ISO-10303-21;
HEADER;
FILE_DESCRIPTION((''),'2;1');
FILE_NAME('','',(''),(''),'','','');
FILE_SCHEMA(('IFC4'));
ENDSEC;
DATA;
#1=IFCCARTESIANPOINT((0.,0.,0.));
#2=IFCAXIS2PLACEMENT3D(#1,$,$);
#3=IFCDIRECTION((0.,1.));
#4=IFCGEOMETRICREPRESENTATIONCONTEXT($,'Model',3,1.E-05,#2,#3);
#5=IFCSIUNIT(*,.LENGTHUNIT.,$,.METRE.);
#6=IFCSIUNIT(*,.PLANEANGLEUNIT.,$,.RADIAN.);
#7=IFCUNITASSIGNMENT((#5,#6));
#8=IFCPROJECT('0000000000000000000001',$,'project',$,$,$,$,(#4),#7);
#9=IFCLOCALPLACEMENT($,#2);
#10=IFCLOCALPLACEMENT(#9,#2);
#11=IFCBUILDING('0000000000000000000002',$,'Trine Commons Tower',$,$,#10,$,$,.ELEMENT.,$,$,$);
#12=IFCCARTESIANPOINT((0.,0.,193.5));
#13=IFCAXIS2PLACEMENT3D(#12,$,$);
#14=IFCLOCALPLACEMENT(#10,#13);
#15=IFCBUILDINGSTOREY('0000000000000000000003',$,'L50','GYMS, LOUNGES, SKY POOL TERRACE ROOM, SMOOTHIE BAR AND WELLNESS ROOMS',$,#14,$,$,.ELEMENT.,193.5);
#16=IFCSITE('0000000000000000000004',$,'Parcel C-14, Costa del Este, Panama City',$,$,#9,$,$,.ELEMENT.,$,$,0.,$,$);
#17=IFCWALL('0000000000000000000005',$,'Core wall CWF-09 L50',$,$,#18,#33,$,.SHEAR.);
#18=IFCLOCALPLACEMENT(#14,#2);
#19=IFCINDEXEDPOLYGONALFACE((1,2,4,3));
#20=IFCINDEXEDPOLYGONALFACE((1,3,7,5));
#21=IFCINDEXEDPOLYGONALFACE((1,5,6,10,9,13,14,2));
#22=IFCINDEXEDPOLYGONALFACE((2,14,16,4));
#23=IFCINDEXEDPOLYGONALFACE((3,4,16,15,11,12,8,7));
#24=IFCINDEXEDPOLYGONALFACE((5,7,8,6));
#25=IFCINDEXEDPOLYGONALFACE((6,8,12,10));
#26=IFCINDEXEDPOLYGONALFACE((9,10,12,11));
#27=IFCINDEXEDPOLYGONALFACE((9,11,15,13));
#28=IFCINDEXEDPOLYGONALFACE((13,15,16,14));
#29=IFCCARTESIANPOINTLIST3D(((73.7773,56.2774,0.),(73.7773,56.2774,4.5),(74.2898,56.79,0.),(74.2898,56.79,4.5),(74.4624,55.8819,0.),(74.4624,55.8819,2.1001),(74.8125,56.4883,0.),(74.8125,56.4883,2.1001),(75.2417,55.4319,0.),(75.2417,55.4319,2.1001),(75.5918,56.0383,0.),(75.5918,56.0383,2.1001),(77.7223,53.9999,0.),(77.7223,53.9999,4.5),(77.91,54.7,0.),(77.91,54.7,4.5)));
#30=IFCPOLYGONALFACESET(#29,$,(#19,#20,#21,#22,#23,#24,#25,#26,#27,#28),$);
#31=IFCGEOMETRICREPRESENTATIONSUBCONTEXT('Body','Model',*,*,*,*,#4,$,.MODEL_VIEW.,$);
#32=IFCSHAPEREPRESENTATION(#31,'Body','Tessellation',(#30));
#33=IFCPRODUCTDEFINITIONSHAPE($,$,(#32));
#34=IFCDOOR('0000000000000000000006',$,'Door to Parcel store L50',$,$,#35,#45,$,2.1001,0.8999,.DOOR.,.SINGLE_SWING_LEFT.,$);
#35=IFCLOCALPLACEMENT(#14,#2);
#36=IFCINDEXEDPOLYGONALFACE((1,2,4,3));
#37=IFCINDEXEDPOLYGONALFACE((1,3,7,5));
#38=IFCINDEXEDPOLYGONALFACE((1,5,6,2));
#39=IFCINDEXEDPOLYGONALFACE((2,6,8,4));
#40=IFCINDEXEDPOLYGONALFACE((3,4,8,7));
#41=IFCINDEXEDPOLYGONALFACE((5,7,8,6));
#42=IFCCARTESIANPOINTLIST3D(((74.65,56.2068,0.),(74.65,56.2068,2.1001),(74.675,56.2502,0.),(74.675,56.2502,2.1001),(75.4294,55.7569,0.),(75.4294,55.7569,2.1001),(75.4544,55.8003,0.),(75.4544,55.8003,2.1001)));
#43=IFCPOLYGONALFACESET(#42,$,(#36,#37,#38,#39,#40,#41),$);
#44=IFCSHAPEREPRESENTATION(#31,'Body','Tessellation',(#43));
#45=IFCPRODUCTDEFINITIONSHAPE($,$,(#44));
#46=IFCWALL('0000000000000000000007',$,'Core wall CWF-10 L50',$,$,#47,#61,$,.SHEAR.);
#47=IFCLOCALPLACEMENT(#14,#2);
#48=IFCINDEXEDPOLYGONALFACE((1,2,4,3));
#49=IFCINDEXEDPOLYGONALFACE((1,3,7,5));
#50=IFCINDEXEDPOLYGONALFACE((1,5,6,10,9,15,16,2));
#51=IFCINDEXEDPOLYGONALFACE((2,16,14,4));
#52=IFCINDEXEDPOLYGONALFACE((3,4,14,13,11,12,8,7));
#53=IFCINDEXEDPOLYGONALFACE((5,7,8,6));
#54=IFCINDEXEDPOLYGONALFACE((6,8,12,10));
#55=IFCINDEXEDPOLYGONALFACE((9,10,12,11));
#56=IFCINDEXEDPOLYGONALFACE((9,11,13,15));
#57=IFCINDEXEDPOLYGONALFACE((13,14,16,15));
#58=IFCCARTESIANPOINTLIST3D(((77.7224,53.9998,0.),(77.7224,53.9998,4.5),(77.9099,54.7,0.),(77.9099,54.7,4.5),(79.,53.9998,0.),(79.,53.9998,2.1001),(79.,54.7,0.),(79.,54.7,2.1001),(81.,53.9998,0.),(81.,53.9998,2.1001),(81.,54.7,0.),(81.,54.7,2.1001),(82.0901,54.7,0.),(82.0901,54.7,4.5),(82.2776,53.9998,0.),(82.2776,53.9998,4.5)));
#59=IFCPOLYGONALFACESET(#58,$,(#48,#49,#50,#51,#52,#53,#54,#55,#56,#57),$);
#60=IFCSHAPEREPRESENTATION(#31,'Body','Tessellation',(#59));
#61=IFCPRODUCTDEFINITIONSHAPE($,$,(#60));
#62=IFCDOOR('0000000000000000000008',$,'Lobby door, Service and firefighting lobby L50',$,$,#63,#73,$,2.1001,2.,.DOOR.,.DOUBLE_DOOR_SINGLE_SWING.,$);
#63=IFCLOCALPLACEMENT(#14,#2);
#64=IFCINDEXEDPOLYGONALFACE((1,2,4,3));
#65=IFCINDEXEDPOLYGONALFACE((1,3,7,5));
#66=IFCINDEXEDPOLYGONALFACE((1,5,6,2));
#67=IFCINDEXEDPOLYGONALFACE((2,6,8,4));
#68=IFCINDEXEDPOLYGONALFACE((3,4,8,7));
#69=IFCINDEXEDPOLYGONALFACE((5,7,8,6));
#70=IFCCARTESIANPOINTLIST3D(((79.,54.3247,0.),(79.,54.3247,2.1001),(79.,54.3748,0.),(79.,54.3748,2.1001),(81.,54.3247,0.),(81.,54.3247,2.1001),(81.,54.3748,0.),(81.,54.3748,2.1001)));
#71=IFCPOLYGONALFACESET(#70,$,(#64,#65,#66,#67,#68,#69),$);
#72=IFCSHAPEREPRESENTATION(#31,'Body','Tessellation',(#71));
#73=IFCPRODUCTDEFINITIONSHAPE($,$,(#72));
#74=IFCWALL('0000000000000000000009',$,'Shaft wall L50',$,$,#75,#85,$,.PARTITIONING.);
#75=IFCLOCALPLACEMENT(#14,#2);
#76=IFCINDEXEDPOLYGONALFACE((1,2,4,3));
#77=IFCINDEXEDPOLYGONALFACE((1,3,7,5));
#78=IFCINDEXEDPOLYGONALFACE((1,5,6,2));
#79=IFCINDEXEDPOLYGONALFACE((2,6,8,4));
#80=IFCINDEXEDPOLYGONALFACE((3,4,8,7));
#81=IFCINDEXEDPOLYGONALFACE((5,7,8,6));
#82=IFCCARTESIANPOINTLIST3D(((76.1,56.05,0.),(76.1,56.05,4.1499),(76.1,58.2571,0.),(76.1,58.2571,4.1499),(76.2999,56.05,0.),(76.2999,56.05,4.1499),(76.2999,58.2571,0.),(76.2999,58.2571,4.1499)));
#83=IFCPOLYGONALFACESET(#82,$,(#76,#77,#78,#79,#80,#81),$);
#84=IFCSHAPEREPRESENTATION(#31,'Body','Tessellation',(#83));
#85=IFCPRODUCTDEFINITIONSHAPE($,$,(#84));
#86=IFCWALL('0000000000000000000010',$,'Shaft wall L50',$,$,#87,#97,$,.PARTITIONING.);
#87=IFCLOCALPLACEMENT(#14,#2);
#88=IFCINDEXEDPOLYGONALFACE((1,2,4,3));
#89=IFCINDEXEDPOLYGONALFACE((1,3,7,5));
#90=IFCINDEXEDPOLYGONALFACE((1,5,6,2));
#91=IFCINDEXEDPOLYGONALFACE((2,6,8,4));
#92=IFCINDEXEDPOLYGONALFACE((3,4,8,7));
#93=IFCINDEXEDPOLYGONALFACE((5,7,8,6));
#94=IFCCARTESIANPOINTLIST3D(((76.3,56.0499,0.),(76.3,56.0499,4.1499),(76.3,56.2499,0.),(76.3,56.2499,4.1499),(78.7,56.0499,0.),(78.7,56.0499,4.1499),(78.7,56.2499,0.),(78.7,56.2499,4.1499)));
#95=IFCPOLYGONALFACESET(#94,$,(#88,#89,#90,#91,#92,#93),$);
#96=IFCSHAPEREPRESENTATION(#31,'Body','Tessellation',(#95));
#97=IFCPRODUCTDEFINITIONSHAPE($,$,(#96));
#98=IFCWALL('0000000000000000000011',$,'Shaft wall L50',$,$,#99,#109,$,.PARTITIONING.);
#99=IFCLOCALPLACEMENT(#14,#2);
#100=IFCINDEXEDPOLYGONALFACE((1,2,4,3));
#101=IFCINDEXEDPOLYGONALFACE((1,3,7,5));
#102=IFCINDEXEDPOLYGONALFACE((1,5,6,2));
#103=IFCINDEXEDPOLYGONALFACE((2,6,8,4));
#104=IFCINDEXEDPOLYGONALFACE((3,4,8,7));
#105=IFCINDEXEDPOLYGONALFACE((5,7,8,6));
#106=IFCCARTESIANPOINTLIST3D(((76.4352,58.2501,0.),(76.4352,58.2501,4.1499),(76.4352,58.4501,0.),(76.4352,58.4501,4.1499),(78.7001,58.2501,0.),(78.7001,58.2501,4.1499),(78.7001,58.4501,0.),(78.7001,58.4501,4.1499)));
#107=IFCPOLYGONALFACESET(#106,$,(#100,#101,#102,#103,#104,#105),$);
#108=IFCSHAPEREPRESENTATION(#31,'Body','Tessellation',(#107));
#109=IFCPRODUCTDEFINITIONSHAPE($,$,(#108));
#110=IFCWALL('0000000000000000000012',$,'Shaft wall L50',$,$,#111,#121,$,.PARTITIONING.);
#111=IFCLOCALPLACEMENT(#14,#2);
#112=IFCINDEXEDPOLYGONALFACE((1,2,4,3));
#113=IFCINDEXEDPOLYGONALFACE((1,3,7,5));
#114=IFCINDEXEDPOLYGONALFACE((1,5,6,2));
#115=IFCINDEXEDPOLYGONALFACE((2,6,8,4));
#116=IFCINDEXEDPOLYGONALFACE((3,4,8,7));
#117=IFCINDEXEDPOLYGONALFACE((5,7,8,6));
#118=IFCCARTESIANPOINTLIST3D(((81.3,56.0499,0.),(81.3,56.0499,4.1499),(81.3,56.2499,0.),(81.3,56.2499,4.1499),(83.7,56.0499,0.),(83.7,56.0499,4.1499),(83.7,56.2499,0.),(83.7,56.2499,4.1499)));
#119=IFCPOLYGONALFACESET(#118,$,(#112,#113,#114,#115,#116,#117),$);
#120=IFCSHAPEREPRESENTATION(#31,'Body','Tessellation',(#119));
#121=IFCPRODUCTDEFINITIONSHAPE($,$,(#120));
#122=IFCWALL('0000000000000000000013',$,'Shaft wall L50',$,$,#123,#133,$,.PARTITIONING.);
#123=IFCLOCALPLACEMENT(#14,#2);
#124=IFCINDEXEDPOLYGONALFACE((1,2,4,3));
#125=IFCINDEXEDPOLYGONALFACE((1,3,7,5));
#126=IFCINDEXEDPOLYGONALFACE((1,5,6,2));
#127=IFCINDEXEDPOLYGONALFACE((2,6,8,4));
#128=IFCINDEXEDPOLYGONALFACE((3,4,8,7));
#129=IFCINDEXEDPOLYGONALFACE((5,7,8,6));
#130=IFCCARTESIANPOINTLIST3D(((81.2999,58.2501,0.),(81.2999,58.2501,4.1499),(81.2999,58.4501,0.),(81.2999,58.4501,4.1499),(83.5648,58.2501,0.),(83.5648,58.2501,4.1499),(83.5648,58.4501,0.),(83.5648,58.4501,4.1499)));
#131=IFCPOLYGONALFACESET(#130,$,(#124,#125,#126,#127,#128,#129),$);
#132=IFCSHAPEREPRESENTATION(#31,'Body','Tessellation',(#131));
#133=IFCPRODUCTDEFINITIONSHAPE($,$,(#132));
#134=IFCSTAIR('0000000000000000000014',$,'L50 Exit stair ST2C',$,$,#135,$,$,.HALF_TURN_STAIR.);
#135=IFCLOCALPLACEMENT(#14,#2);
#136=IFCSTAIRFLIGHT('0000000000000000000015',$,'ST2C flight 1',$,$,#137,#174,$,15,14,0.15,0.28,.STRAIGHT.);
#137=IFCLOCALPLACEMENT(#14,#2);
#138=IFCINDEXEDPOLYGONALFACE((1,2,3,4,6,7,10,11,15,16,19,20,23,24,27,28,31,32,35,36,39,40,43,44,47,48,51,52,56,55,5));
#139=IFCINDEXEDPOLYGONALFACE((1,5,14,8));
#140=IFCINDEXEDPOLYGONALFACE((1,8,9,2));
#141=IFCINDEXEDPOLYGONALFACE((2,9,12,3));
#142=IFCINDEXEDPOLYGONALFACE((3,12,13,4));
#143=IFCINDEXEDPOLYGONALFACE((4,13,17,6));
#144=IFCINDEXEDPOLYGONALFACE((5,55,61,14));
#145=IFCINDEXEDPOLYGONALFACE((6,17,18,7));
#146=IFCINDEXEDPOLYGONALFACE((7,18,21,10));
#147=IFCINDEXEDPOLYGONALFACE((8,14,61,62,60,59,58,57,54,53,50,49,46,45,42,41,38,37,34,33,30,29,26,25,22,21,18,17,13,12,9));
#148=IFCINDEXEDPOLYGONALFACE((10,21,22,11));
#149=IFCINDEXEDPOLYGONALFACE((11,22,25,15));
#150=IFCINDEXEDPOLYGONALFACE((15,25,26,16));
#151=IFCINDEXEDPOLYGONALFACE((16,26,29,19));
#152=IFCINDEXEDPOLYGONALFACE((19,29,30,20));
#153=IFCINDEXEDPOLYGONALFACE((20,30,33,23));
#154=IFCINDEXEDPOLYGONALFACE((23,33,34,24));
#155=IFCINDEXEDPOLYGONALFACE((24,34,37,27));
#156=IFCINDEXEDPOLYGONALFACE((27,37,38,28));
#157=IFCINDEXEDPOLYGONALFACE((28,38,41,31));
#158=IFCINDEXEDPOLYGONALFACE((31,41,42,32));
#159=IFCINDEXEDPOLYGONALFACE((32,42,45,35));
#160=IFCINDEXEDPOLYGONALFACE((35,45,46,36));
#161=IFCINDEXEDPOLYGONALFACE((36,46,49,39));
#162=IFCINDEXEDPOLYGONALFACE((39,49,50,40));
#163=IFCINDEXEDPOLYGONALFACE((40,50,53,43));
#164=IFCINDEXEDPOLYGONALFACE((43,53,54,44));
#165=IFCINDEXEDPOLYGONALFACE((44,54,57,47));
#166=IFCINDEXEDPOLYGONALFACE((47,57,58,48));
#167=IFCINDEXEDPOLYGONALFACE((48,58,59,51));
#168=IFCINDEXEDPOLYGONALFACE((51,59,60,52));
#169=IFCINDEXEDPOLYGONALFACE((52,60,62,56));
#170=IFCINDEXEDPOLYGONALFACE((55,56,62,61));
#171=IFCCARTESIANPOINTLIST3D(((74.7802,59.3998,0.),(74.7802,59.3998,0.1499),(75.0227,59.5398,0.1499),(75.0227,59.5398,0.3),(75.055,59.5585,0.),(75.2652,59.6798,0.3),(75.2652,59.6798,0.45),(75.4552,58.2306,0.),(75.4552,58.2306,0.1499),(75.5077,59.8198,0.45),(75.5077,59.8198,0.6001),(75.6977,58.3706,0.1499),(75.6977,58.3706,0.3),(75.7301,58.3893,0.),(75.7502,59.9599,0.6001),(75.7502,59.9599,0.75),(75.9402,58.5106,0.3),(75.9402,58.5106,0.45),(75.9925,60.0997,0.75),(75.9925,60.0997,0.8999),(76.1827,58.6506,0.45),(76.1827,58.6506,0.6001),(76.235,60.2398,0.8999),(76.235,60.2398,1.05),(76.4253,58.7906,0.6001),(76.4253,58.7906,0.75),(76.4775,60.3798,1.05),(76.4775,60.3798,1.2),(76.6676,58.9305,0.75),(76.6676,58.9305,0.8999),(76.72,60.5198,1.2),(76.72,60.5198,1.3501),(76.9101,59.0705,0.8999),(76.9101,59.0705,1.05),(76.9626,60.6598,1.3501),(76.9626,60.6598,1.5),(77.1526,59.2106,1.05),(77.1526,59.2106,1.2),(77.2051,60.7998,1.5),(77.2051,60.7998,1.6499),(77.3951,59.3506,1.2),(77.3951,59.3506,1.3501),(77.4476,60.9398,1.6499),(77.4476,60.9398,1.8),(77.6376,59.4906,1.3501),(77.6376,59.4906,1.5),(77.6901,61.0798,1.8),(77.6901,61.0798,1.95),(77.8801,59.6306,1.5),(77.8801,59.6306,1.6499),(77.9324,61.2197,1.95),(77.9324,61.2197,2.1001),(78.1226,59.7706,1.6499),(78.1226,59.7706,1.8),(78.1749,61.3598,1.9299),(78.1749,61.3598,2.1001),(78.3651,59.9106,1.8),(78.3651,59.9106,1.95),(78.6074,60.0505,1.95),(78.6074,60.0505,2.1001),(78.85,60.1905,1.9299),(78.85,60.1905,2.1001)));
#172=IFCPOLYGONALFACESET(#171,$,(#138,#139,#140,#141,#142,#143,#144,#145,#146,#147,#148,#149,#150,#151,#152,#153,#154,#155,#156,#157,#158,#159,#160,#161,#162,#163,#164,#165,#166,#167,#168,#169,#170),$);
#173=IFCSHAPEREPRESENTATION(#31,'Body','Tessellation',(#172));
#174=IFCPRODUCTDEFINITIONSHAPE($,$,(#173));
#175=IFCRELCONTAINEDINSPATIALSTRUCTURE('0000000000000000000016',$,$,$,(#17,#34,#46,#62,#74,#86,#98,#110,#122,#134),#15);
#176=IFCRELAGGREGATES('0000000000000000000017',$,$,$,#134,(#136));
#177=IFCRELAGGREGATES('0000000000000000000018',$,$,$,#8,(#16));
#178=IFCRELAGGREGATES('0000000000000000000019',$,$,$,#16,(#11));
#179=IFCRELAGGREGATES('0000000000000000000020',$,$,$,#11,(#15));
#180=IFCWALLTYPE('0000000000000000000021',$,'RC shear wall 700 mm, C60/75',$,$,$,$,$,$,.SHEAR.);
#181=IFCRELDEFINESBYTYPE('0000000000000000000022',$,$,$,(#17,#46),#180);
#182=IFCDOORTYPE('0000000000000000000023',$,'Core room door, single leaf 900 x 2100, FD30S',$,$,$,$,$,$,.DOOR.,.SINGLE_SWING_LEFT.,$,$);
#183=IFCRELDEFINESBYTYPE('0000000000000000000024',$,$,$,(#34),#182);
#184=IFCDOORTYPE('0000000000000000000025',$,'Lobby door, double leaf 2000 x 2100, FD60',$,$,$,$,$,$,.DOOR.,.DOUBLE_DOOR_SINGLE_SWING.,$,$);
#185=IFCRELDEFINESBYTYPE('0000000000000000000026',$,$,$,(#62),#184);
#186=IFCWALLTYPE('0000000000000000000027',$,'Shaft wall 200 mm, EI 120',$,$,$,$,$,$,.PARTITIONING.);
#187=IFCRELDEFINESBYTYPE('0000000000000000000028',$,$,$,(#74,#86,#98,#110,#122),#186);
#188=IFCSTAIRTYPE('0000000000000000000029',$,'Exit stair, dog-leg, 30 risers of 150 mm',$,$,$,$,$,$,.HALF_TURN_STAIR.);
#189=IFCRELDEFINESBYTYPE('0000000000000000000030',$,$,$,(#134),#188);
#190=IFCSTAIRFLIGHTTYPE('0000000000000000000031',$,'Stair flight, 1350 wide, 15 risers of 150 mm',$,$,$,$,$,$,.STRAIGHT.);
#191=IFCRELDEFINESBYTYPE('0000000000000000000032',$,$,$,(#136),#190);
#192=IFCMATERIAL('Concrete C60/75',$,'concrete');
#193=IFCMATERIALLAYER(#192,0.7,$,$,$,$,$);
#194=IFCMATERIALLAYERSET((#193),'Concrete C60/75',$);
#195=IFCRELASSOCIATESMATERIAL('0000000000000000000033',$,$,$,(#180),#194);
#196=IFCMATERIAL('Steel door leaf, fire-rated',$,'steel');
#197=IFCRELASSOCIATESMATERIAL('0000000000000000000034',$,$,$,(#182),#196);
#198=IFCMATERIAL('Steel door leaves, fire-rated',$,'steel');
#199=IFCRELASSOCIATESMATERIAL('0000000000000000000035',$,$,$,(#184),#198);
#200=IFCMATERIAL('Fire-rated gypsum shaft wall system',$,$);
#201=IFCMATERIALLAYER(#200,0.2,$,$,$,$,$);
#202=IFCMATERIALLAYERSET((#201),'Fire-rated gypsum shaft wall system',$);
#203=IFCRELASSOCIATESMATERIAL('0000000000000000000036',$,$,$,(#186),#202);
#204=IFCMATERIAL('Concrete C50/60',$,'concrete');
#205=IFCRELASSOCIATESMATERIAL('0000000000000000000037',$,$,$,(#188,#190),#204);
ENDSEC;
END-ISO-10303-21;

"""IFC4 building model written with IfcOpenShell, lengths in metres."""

from ifc_helpers import new_model, si_unit, direction, frame, frame_2d, origin, place, context, subcontext, project, spatial, polyline, rectangle, outline, extrude, material, layer, layer_set, type_object, element, fill, aggregate, save


model = new_model("IFC4")

# Units and contexts
model_context = context("Model", 3, precision=1e-05, world=origin(), true_north=direction((0.0, 1.0)))
body_context = subcontext(model_context, "Body", "Model", "MODEL_VIEW")
ifc_project = project(units=[si_unit("LENGTHUNIT", "METRE"), si_unit("PLANEANGLEUNIT", "RADIAN")], contexts=[model_context])

# Site, building, storey
site_placement = place(None, origin())
site = spatial("IfcSite", under=ifc_project, at=site_placement, Name="Parcel C-14, Costa del Este, Panama City", CompositionType="ELEMENT", RefElevation=0.0)
building_placement = place(site_placement, origin())
building = spatial("IfcBuilding", under=site, at=building_placement, Name="Trine Commons Tower", CompositionType="ELEMENT")
storey_placement = place(building_placement, frame((0.0, 0.0, 193.5)))
storey = spatial("IfcBuildingStorey", under=building, at=storey_placement, Name="L50", Description="GYMS, LOUNGES, SKY POOL TERRACE ROOM, SMOOTHIE BAR AND WELLNESS ROOMS", CompositionType="ELEMENT", Elevation=193.5)

# Shared definitions
ifc_material_1 = material(Name="Fire-rated gypsum shaft wall system")
ifc_material_2 = material(Name="Steel door leaf, fire-rated", Category="steel")

# Walls, openings, doors
ifc_material_3 = material(Name="Concrete C60/75", Category="concrete")
ifc_layer_1 = layer(ifc_material_3, 0.7)
ifc_layer_set_1 = layer_set([ifc_layer_1], Name="Concrete C60/75")
wall_type_1 = type_object("IfcWallType", Name="RC shear wall 700 mm, C60/75", PredefinedType="SHEAR", material=ifc_layer_set_1)
wall_1_placement = place(storey_placement, frame((73.9524, 56.5806, 0.0), z_axis=(0.0, 0.0, 1.0), x_axis=(0.866035, -0.499984, 0.0)))
wall_1 = element("IfcWall", 1, at=wall_1_placement, inside=storey, type_object=wall_type_1, Name="Core wall CWF-09 L50", PredefinedType="SHEAR", context=body_context, shape_type="SweptSolid", body=[
    extrude(outline(polyline([(0.0, -0.3501), (4.5552, -0.3501), (4.3677, 0.3501), (0.1875, 0.3501), (0.0, -0.3501)])), origin(), (0.0, 0.0, 1.0), 4.5),
])
opening_1_placement = place(wall_1_placement, frame((0.791, 0.0, 0.0)))
opening_1 = element("IfcOpeningElement", 2, at=opening_1_placement, cuts=wall_1, PredefinedType="OPENING", context=body_context, shape_type="SweptSolid", body=[
    extrude(rectangle(XDim=0.8999, YDim=2.1001, at=frame_2d((0.45, 1.05))), frame((0.0, 0.3599, 0.0), z_axis=(0.0, -1.0, 0.0), x_axis=(1.0, 0.0, 0.0)), (0.0, 0.0, 1.0), 0.72),
])
door_type_1 = type_object("IfcDoorType", Name="Core room door, single leaf 900 x 2100, FD30S", OperationType="SINGLE_SWING_LEFT", PredefinedType="DOOR", material=ifc_material_2)
door_1_placement = place(opening_1_placement, origin())
door_1 = element("IfcDoor", 3, at=door_1_placement, inside=storey, type_object=door_type_1, Name="Door to Parcel store L50", OperationType="SINGLE_SWING_LEFT", OverallHeight=2.1001, OverallWidth=0.8999, PredefinedType="DOOR", context=body_context, shape_type="SweptSolid", body=[
    extrude(rectangle(XDim=0.8999, YDim=2.1001, at=frame_2d((0.45, 1.05))), frame((0.0, 0.0752, 0.0), z_axis=(0.0, -1.0, 0.0), x_axis=(1.0, 0.0, 0.0)), (0.0, 0.0, 1.0), 0.05),
])
fill(opening_1, door_1)
wall_2_placement = place(storey_placement, frame((77.7224, 54.3499, 0.0), z_axis=(0.0, 0.0, 1.0), x_axis=(1.0, 0.0, 0.0)))
wall_2 = element("IfcWall", 4, at=wall_2_placement, inside=storey, type_object=wall_type_1, Name="Core wall CWF-10 L50", PredefinedType="SHEAR", context=body_context, shape_type="SweptSolid", body=[
    extrude(outline(polyline([(0.0, -0.3501), (4.5552, -0.3501), (4.3677, 0.3501), (0.1875, 0.3501), (0.0, -0.3501)])), origin(), (0.0, 0.0, 1.0), 4.5),
])
opening_2_placement = place(wall_2_placement, frame((1.2776, 0.0, 0.0)))
opening_2 = element("IfcOpeningElement", 5, at=opening_2_placement, cuts=wall_2, PredefinedType="OPENING", context=body_context, shape_type="SweptSolid", body=[
    extrude(rectangle(XDim=2.0, YDim=2.1001, at=frame_2d((1.0, 1.05))), frame((0.0, 0.3599, 0.0), z_axis=(0.0, -1.0, 0.0), x_axis=(1.0, 0.0, 0.0)), (0.0, 0.0, 1.0), 0.72),
])
ifc_material_4 = material(Name="Steel door leaves, fire-rated", Category="steel")
door_type_2 = type_object("IfcDoorType", Name="Lobby door, double leaf 2000 x 2100, FD60", OperationType="DOUBLE_DOOR_SINGLE_SWING", PredefinedType="DOOR", material=ifc_material_4)
door_2_placement = place(opening_2_placement, origin())
door_2 = element("IfcDoor", 6, at=door_2_placement, inside=storey, type_object=door_type_2, Name="Lobby door, Service and firefighting lobby L50", OperationType="DOUBLE_DOOR_SINGLE_SWING", OverallHeight=2.1001, OverallWidth=2.0, PredefinedType="DOOR", context=body_context, shape_type="SweptSolid", body=[
    extrude(rectangle(XDim=2.0, YDim=2.1001, at=frame_2d((1.0, 1.05))), frame((0.0, 0.0249, 0.0), z_axis=(0.0, -1.0, 0.0), x_axis=(1.0, 0.0, 0.0)), (0.0, 0.0, 1.0), 0.05),
])
fill(opening_2, door_2)

# Walls
ifc_layer_2 = layer(ifc_material_1, 0.2)
ifc_layer_set_2 = layer_set([ifc_layer_2], Name="Fire-rated gypsum shaft wall system")
wall_type_2 = type_object("IfcWallType", Name="Shaft wall 200 mm, EI 120", PredefinedType="PARTITIONING", material=ifc_layer_set_2)
wall_3_placement = place(storey_placement, frame((76.2, 58.2571, 0.0), z_axis=(0.0, 0.0, 1.0), x_axis=(0.0, -1.0, 0.0)))
element("IfcWall", 7, at=wall_3_placement, inside=storey, type_object=wall_type_2, Name="Shaft wall L50", PredefinedType="PARTITIONING", context=body_context, shape_type="SweptSolid", body=[
    extrude(rectangle(XDim=2.207, YDim=0.2, at=frame_2d((1.1035, 0.0))), origin(), (0.0, 0.0, 1.0), 4.1499),
])
wall_4_placement = place(storey_placement, frame((78.7, 56.1499, 0.0), z_axis=(0.0, 0.0, 1.0), x_axis=(-1.0, 0.0, 0.0)))
element("IfcWall", 8, at=wall_4_placement, inside=storey, type_object=wall_type_2, Name="Shaft wall L50", PredefinedType="PARTITIONING", context=body_context, shape_type="SweptSolid", body=[
    extrude(rectangle(XDim=2.3999, YDim=0.2, at=frame_2d((1.2, 0.0))), origin(), (0.0, 0.0, 1.0), 4.1499),
])
wall_5_placement = place(storey_placement, frame((78.7, 58.3501, 0.0), z_axis=(0.0, 0.0, 1.0), x_axis=(-1.0, 0.0, 0.0)))
element("IfcWall", 9, at=wall_5_placement, inside=storey, type_object=wall_type_2, Name="Shaft wall L50", PredefinedType="PARTITIONING", context=body_context, shape_type="SweptSolid", body=[
    extrude(rectangle(XDim=2.2649, YDim=0.2, at=frame_2d((1.1323, 0.0))), origin(), (0.0, 0.0, 1.0), 4.1499),
])
wall_6_placement = place(storey_placement, frame((81.3, 56.1499, 0.0), z_axis=(0.0, 0.0, 1.0), x_axis=(1.0, 0.0, 0.0)))
element("IfcWall", 10, at=wall_6_placement, inside=storey, type_object=wall_type_2, Name="Shaft wall L50", PredefinedType="PARTITIONING", context=body_context, shape_type="SweptSolid", body=[
    extrude(rectangle(XDim=2.3999, YDim=0.2, at=frame_2d((1.2, 0.0))), origin(), (0.0, 0.0, 1.0), 4.1499),
])
wall_7_placement = place(storey_placement, frame((81.3, 58.3501, 0.0), z_axis=(0.0, 0.0, 1.0), x_axis=(1.0, 0.0, 0.0)))
element("IfcWall", 11, at=wall_7_placement, inside=storey, type_object=wall_type_2, Name="Shaft wall L50", PredefinedType="PARTITIONING", context=body_context, shape_type="SweptSolid", body=[
    extrude(rectangle(XDim=2.2649, YDim=0.2, at=frame_2d((1.1323, 0.0))), origin(), (0.0, 0.0, 1.0), 4.1499),
])

# Stair, stair flight
ifc_material_5 = material(Name="Concrete C50/60", Category="concrete")
stair_type = type_object("IfcStairType", Name="Exit stair, dog-leg, 30 risers of 150 mm", PredefinedType="HALF_TURN_STAIR", material=ifc_material_5)
stair_placement = place(storey_placement, origin())
stair = element("IfcStair", 12, at=stair_placement, inside=storey, type_object=stair_type, Name="L50 Exit stair ST2C", PredefinedType="HALF_TURN_STAIR")
stair_flight_type = type_object("IfcStairFlightType", Name="Stair flight, 1350 wide, 15 risers of 150 mm", PredefinedType="STRAIGHT", material=ifc_material_5)
stair_flight_placement = place(storey_placement, frame((75.1177, 58.8152, 0.0), z_axis=(0.0, 0.0, 1.0), x_axis=(0.866025, 0.5, 0.0)))
stair_flight = element("IfcStairFlight", 13, at=stair_flight_placement, type_object=stair_flight_type, Name="ST2C flight 1", NumberOfRisers=15, NumberOfTreads=14, PredefinedType="STRAIGHT", RiserHeight=0.15, TreadLength=0.28, context=body_context, shape_type="SweptSolid", body=[
    extrude(outline(polyline([(0.0, 0.0), (0.0, 0.1499), (0.28, 0.1499), (0.28, 0.3), (0.5601, 0.3), (0.5601, 0.45), (0.8401, 0.45), (0.8401, 0.6001), (1.1201, 0.6001), (1.1201, 0.75), (1.3999, 0.75), (1.3999, 0.8999), (1.6799, 0.8999), (1.6799, 1.05), (1.96, 1.05), (1.96, 1.2), (2.24, 1.2), (2.24, 1.3501), (2.52, 1.3501), (2.52, 1.5), (2.8, 1.5), (2.8, 1.6499), (3.0801, 1.6499), (3.0801, 1.8), (3.3601, 1.8), (3.3601, 1.95), (3.6399, 1.95), (3.6399, 2.1001), (3.9199, 2.1001), (3.9199, 2.25), (3.9199, 1.9299), (0.3174, 0.0), (0.0, 0.0)])), frame((0.0, 0.675, 0.0), z_axis=(0.0, -1.0, 0.0), x_axis=(1.0, 0.0, 0.0)), (0.0, 0.0, 1.0), 1.3501),
])
aggregate(stair, [stair_flight])

save(model, "model.ifc")
